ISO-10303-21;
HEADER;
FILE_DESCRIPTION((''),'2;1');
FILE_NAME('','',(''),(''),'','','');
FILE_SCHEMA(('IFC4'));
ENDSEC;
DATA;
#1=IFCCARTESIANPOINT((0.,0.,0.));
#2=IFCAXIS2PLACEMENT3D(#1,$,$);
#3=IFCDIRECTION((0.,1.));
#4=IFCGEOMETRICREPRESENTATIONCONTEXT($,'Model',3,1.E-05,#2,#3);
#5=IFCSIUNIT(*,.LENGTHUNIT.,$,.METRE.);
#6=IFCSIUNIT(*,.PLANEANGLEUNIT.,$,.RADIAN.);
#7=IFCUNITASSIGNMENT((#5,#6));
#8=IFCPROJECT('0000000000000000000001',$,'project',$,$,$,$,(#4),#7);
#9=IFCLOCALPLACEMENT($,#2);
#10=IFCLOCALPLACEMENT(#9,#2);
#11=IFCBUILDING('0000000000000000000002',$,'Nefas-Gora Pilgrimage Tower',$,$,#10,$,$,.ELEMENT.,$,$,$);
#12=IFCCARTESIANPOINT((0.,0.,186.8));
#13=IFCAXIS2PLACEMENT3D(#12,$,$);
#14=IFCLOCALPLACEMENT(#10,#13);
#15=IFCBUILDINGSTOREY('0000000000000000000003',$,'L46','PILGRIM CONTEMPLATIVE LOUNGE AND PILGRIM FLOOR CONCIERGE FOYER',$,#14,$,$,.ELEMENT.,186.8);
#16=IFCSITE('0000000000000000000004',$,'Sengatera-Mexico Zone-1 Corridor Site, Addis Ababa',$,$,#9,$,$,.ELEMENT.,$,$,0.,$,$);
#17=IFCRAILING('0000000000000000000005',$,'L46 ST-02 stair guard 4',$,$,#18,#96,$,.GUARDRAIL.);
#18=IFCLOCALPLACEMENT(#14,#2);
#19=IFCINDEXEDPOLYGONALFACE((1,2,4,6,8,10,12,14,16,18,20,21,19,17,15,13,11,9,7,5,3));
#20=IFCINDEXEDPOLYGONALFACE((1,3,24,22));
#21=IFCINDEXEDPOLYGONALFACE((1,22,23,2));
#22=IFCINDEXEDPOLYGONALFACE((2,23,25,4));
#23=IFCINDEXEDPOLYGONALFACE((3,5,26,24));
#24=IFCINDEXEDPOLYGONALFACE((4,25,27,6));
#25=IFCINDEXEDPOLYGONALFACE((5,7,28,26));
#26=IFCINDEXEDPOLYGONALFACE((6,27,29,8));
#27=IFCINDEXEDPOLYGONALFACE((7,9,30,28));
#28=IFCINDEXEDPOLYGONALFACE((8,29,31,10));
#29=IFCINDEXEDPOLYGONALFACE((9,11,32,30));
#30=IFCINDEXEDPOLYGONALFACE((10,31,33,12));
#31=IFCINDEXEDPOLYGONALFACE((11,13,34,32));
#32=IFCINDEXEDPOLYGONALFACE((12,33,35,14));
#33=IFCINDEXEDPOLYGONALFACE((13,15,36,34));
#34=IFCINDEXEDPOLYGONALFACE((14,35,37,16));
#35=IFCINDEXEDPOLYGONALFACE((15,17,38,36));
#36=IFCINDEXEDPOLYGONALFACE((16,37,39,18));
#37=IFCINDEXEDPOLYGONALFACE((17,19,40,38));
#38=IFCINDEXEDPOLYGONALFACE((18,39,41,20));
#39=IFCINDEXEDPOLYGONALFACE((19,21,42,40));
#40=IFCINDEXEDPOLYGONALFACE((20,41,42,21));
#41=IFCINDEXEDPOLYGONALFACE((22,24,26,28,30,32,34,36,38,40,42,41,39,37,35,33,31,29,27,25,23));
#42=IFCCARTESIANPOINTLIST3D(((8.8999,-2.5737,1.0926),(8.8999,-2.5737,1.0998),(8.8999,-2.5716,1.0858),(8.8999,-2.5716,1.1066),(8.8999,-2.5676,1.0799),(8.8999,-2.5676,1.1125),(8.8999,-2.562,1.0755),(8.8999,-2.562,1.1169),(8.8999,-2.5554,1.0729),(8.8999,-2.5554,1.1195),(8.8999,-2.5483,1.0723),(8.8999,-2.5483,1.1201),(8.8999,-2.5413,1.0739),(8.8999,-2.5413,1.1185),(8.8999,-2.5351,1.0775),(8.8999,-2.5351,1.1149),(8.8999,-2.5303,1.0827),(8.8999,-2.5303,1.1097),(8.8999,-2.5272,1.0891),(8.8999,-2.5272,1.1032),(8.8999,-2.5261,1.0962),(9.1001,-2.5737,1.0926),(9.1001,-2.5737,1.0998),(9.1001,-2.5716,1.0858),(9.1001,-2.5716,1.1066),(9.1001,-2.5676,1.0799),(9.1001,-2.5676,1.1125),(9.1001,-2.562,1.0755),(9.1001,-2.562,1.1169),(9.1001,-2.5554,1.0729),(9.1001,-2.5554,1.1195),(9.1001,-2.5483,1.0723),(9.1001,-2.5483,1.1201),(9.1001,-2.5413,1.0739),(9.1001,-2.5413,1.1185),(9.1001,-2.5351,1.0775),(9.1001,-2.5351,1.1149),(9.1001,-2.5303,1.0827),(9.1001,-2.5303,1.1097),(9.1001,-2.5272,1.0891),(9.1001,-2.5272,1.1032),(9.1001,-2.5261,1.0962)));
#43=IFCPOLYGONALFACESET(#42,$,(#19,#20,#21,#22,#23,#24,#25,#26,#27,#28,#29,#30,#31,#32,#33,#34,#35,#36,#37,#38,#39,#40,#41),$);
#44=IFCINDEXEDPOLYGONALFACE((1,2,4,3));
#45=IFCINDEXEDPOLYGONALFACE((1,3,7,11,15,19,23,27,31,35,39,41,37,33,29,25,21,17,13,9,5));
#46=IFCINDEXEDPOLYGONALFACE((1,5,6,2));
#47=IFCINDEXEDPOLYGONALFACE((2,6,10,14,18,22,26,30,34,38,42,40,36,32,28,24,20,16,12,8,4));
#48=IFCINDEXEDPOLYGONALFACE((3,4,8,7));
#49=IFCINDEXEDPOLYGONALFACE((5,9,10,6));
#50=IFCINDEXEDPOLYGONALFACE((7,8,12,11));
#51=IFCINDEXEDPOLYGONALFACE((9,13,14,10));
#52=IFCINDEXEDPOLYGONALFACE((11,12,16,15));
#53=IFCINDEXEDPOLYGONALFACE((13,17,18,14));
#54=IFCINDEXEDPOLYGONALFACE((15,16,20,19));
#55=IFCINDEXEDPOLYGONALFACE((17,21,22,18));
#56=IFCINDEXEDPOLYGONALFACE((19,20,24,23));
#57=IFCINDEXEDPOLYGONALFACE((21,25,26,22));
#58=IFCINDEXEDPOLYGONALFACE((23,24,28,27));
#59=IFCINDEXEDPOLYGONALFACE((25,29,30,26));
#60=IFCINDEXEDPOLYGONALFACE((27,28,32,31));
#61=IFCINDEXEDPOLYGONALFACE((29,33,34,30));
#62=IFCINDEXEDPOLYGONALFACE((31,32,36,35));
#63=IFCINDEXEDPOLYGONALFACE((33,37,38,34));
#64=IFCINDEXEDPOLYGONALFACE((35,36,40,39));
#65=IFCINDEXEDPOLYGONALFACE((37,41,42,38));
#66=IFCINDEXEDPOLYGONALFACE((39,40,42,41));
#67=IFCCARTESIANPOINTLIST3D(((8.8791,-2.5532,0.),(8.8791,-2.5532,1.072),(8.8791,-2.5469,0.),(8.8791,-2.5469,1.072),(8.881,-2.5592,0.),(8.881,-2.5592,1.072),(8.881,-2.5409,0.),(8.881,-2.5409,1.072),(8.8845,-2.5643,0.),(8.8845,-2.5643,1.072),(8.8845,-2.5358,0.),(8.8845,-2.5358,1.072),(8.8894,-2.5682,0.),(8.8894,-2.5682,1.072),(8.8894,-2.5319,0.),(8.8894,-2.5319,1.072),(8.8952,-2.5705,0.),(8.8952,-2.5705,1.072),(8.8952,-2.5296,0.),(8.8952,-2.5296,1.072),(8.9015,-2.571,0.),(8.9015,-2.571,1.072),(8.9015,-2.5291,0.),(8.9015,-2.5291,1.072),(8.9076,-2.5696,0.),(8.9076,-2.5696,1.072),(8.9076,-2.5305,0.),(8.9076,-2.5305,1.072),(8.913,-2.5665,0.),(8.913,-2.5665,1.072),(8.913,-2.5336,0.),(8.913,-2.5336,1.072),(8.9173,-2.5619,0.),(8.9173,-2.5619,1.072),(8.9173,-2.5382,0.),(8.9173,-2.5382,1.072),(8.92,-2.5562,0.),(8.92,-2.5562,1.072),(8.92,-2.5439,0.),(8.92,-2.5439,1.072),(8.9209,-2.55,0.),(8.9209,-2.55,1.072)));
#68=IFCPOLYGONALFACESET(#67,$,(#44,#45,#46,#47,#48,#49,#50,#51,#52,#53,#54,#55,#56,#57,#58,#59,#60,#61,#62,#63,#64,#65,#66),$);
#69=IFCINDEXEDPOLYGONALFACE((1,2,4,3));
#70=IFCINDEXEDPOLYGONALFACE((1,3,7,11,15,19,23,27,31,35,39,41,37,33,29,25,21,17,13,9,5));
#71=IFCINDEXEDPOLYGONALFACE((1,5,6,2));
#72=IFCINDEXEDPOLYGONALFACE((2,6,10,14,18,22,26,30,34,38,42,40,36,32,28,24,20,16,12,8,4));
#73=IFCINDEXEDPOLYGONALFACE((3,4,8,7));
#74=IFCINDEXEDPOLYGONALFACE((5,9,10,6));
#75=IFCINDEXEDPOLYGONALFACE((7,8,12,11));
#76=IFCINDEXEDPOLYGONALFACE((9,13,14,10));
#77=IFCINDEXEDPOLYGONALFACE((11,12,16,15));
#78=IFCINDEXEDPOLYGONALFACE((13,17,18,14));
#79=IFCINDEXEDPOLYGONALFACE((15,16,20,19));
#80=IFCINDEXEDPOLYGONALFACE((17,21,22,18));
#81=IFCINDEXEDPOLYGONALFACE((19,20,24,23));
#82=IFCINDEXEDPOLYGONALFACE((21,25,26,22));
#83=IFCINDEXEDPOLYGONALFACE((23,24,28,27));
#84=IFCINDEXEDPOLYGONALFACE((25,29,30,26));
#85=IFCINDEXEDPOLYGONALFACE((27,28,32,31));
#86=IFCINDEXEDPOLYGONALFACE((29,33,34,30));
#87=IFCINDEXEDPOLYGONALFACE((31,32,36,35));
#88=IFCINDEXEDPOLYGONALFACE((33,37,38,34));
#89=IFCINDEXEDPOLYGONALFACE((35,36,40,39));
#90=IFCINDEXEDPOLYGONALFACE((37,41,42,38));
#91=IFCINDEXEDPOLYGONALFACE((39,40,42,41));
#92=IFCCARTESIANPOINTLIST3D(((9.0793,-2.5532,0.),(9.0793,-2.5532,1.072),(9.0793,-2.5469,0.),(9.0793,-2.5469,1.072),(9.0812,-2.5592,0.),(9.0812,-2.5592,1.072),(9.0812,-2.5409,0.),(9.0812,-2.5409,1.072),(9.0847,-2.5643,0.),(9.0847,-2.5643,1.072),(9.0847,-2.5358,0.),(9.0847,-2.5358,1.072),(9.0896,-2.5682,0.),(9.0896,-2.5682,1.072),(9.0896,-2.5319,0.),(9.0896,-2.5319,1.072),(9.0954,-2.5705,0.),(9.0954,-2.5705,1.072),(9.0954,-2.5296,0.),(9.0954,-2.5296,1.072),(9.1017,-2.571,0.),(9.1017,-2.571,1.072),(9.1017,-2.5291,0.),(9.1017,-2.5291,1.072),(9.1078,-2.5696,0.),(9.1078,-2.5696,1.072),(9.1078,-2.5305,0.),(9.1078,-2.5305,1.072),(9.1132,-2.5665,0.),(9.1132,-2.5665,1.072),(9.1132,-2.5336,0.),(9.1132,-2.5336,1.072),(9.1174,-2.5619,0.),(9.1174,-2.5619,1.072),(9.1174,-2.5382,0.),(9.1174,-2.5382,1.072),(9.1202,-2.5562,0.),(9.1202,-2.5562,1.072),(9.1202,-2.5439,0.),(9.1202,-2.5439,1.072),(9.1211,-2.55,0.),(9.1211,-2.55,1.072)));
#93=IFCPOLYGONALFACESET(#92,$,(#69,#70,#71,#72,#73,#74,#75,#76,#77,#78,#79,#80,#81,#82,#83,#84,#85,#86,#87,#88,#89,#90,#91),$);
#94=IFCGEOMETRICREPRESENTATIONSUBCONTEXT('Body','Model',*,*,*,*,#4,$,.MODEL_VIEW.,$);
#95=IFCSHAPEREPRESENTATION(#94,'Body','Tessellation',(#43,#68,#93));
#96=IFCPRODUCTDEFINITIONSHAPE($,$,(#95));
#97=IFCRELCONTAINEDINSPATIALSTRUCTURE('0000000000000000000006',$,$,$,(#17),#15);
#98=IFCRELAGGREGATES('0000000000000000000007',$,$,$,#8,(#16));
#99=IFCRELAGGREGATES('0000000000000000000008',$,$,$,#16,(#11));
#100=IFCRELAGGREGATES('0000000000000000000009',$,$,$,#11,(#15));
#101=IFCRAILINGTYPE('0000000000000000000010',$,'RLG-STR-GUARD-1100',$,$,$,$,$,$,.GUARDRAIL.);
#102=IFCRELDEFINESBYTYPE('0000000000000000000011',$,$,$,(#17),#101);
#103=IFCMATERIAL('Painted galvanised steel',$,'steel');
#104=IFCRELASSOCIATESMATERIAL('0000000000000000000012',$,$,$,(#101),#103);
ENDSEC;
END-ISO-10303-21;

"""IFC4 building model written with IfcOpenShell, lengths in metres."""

from ifc_helpers import new_model, si_unit, direction, frame, origin, origin_2d, place, context, subcontext, project, spatial, circle, extrude, material, type_object, element, save


model = new_model("IFC4")

# Units and contexts
model_context = context("Model", 3, precision=1e-05, world=origin(), true_north=direction((0.0, 1.0)))
body_context = subcontext(model_context, "Body", "Model", "MODEL_VIEW")
ifc_project = project(units=[si_unit("LENGTHUNIT", "METRE"), si_unit("PLANEANGLEUNIT", "RADIAN")], contexts=[model_context])

# Site, building, storey
site_placement = place(None, origin())
site = spatial("IfcSite", under=ifc_project, at=site_placement, Name="Sengatera-Mexico Zone-1 Corridor Site, Addis Ababa", CompositionType="ELEMENT", RefElevation=0.0)
building_placement = place(site_placement, origin())
building = spatial("IfcBuilding", under=site, at=building_placement, Name="Nefas-Gora Pilgrimage Tower", CompositionType="ELEMENT")
storey_placement = place(building_placement, frame((0.0, 0.0, 186.8)))
storey = spatial("IfcBuildingStorey", under=building, at=storey_placement, Name="L46", Description="PILGRIM CONTEMPLATIVE LOUNGE AND PILGRIM FLOOR CONCIERGE FOYER", CompositionType="ELEMENT", Elevation=186.8)

# Railing
ifc_material_1 = material(Name="Painted galvanised steel", Category="steel")
railing_type_1 = type_object("IfcRailingType", Name="RLG-STR-GUARD-1100", PredefinedType="GUARDRAIL", material=ifc_material_1)
railing_1_placement = place(storey_placement, frame((8.8999, -2.55, 0.0)))
element("IfcRailing", 1, at=railing_1_placement, inside=storey, type_object=railing_type_1, Name="L46 ST-02 stair guard 4", PredefinedType="GUARDRAIL", context=body_context, shape_type="SweptSolid", body=[
    extrude(circle(Radius=0.0239, at=origin_2d()), frame((0.0, 0.0, 1.0962), z_axis=(1.0, 0.0, 0.0), x_axis=(0.0, 1.0, 0.0)), (0.0, 0.0, 1.0), 0.2002),
    extrude(circle(Radius=0.021, at=origin_2d()), origin(), (0.0, 0.0, 1.0), 1.072),
    extrude(circle(Radius=0.021, at=origin_2d()), frame((0.2002, 0.0, 0.0)), (0.0, 0.0, 1.0), 1.072),
])

save(model, "model.ifc")
